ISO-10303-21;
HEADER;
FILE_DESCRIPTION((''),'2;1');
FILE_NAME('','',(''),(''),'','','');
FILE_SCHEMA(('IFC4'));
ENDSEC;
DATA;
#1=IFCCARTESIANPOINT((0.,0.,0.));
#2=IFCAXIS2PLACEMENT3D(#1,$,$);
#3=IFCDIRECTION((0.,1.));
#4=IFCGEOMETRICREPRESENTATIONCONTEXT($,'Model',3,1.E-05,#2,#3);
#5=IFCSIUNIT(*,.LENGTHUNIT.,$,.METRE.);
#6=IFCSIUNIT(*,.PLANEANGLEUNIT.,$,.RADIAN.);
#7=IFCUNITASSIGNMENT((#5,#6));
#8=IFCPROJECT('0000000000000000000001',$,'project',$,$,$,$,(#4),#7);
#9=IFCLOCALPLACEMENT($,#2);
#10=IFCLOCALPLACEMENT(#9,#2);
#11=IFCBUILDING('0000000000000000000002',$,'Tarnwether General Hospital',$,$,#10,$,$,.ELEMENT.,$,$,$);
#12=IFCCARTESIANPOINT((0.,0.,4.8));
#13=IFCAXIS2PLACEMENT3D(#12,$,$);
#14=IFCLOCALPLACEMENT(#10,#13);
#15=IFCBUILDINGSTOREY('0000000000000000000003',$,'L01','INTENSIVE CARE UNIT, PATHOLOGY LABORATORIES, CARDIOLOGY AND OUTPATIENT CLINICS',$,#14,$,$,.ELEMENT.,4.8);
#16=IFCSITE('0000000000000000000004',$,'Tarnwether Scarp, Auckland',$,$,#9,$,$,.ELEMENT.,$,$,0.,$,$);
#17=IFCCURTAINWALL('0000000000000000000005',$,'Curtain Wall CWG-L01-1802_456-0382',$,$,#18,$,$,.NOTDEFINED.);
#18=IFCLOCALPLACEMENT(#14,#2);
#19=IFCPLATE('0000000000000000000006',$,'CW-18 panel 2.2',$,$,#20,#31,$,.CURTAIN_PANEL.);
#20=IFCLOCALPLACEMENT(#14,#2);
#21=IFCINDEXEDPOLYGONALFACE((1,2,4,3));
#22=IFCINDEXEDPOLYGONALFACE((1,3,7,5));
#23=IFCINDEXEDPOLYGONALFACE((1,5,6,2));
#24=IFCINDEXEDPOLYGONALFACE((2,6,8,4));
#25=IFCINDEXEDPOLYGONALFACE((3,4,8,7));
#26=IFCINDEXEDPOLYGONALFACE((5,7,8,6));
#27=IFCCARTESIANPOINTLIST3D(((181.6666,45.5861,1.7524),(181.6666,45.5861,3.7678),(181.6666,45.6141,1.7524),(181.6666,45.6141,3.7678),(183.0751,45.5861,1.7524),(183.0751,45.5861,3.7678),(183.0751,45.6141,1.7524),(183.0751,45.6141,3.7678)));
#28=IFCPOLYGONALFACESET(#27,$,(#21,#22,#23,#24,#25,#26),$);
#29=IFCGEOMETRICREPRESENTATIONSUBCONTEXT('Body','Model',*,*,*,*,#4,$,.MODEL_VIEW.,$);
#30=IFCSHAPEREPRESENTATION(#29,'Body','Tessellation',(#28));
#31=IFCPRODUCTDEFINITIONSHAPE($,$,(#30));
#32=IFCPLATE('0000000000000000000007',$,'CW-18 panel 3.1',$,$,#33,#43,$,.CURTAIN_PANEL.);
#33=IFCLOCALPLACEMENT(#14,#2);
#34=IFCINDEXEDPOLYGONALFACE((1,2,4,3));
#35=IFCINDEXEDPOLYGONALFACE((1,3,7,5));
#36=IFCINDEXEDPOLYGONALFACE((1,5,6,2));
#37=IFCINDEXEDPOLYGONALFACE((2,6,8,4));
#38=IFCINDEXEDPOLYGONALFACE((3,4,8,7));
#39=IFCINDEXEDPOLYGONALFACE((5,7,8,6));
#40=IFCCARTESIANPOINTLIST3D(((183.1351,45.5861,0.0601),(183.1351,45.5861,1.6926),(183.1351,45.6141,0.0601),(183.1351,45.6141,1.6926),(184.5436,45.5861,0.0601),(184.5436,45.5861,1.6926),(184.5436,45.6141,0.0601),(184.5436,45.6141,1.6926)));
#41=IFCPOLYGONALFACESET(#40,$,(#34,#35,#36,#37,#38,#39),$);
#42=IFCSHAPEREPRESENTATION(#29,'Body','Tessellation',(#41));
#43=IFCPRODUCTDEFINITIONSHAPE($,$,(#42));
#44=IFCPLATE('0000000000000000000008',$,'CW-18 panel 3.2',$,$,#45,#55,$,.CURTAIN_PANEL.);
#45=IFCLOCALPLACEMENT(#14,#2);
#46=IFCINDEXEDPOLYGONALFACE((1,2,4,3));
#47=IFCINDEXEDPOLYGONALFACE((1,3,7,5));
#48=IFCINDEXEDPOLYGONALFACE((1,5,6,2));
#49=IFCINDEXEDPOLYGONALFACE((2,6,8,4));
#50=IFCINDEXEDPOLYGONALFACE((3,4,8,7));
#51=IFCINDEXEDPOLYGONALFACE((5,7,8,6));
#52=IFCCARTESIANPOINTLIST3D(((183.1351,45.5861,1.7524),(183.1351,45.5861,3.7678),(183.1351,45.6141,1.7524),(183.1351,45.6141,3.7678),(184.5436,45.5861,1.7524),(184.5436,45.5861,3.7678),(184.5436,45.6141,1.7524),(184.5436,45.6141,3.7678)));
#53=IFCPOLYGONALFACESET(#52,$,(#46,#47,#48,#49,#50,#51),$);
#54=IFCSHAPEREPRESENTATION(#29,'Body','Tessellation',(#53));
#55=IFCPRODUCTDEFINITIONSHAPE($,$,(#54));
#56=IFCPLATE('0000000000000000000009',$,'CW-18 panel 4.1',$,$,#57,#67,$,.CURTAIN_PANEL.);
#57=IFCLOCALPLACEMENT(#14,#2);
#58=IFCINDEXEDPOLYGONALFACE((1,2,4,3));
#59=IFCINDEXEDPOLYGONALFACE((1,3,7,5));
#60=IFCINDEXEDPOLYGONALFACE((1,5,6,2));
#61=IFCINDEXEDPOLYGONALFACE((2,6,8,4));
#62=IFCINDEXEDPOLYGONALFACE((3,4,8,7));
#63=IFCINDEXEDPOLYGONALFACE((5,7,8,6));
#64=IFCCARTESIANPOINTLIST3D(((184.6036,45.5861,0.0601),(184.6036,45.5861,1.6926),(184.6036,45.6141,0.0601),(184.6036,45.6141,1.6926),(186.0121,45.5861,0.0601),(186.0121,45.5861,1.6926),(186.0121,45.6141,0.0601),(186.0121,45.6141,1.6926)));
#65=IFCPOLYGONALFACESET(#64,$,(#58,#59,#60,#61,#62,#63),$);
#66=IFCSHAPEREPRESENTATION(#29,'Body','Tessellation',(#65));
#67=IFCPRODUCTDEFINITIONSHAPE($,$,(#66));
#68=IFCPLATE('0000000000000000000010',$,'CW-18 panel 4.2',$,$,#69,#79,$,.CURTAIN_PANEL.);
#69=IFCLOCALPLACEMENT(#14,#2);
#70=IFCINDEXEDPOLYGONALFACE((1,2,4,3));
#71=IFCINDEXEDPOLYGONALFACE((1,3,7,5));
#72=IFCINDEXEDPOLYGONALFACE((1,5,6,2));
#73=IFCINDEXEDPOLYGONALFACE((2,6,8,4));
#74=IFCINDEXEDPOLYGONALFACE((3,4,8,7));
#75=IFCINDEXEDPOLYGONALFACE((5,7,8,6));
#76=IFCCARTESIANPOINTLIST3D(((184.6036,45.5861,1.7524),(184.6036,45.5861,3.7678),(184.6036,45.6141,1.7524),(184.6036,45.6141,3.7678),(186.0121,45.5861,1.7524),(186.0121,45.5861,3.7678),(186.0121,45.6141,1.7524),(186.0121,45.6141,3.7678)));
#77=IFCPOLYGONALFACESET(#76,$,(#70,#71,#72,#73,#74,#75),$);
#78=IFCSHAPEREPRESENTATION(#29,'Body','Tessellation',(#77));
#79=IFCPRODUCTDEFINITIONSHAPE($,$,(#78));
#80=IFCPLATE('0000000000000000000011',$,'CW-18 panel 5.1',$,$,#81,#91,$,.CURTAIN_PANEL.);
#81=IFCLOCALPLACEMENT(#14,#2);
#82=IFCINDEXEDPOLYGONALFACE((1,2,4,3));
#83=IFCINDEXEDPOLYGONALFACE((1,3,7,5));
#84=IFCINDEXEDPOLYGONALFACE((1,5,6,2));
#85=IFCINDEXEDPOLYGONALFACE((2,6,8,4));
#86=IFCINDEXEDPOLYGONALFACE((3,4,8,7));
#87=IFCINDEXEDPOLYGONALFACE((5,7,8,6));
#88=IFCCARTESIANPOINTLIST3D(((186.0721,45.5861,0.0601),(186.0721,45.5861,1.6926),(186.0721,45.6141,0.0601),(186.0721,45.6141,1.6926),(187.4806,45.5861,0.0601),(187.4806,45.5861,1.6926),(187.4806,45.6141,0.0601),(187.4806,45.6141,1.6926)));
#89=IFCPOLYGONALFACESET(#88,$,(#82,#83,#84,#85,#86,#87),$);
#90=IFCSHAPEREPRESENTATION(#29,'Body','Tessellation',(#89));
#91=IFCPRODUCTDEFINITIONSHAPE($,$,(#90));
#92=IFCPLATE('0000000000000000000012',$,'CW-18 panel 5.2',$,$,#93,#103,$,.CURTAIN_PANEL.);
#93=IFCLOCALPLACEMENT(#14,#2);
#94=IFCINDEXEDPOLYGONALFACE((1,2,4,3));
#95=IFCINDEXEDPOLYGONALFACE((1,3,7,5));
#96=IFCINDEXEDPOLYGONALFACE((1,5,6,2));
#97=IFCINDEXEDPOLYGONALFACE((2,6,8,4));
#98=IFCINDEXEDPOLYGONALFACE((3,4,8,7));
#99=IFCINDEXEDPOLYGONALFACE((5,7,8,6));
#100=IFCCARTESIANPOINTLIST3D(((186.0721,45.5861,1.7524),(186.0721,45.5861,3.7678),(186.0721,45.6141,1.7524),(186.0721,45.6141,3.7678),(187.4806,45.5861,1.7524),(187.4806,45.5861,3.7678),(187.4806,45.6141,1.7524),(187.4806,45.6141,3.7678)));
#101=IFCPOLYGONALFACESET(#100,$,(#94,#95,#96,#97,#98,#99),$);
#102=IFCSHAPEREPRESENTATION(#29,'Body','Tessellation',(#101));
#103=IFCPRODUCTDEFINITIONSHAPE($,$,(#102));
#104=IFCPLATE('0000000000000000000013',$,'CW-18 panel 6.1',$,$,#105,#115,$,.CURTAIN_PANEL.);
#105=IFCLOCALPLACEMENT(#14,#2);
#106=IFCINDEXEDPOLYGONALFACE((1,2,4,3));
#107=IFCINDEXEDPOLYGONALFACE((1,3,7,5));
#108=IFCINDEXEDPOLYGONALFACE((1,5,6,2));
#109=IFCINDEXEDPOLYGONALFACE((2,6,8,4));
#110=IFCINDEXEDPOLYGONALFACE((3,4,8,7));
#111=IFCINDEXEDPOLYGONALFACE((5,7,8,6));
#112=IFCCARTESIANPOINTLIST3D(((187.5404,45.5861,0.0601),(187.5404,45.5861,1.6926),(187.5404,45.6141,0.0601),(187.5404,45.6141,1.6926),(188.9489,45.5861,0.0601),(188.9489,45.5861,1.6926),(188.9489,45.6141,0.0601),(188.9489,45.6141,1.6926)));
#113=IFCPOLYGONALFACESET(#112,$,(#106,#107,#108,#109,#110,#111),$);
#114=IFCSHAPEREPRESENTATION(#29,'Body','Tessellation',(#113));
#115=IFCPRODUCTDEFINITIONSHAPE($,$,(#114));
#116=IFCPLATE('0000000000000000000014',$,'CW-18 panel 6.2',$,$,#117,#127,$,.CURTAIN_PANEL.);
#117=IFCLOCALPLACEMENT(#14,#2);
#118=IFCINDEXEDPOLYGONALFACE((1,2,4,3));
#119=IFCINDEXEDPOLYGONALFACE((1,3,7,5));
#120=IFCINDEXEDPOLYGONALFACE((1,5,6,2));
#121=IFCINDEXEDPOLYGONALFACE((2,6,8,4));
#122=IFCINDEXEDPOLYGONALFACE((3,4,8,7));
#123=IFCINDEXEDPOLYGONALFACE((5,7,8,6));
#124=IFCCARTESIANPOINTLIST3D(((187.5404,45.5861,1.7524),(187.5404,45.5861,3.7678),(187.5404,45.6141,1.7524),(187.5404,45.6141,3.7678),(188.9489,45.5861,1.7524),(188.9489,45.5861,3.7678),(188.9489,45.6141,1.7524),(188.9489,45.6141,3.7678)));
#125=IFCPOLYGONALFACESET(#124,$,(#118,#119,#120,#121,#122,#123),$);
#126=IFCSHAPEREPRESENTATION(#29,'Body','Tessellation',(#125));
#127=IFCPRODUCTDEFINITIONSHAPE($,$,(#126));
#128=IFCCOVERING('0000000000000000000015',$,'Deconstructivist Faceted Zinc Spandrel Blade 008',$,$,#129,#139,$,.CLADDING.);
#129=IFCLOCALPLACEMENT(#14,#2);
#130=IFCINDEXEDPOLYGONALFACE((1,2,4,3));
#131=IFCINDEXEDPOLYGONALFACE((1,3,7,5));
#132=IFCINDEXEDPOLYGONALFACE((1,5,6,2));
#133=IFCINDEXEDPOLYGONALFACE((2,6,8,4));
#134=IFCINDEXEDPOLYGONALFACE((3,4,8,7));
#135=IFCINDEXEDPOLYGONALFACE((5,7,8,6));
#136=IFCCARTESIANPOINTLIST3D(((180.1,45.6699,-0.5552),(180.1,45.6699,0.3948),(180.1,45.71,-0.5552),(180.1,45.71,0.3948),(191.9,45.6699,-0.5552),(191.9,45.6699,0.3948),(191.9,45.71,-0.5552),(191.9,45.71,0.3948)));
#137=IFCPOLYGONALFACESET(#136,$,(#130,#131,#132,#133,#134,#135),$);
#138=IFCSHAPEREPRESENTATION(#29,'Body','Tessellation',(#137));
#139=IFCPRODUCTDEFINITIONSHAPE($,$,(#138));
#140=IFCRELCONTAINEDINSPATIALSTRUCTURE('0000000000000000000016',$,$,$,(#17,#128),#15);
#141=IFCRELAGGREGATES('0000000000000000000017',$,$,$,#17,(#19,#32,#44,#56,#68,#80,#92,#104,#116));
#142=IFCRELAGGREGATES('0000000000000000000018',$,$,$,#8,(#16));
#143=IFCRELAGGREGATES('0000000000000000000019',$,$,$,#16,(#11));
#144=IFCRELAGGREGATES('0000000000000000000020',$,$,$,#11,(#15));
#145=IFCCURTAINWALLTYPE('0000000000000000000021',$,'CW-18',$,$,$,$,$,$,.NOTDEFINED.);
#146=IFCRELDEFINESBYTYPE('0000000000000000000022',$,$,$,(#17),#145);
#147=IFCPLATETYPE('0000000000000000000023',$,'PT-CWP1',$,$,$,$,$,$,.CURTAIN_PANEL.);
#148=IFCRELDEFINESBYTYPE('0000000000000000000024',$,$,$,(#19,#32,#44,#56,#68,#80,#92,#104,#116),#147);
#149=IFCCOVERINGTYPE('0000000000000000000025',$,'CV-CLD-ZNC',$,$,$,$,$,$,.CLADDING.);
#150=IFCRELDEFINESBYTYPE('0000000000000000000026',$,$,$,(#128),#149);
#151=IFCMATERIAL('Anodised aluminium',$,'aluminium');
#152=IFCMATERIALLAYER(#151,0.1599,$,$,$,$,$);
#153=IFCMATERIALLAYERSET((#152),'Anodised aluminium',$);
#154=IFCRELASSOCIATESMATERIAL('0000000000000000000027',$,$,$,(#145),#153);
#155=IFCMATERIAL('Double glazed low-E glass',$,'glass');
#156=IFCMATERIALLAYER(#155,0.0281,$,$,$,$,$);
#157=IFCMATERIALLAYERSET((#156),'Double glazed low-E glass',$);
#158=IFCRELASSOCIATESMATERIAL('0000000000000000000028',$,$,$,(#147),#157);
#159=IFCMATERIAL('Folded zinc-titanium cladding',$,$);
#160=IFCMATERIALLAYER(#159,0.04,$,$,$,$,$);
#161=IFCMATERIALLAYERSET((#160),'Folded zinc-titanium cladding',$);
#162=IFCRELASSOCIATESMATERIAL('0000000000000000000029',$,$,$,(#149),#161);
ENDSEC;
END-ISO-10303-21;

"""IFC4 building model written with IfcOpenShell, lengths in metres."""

from ifc_helpers import new_model, si_unit, direction, frame, origin, origin_2d, place, context, subcontext, project, spatial, rectangle, extrude, material, layer, layer_set, type_object, element, aggregate, save


model = new_model("IFC4")

# Units and contexts
model_context = context("Model", 3, precision=1e-05, world=origin(), true_north=direction((0.0, 1.0)))
body_context = subcontext(model_context, "Body", "Model", "MODEL_VIEW")
ifc_project = project(units=[si_unit("LENGTHUNIT", "METRE"), si_unit("PLANEANGLEUNIT", "RADIAN")], contexts=[model_context])

# Site, building, storey
site_placement = place(None, origin())
site = spatial("IfcSite", under=ifc_project, at=site_placement, Name="Tarnwether Scarp, Auckland", CompositionType="ELEMENT", RefElevation=0.0)
building_placement = place(site_placement, origin())
building = spatial("IfcBuilding", under=site, at=building_placement, Name="Tarnwether General Hospital", CompositionType="ELEMENT")
storey_placement = place(building_placement, frame((0.0, 0.0, 4.8)))
storey = spatial("IfcBuildingStorey", under=building, at=storey_placement, Name="L01", Description="INTENSIVE CARE UNIT, PATHOLOGY LABORATORIES, CARDIOLOGY AND OUTPATIENT CLINICS", CompositionType="ELEMENT", Elevation=4.8)

# Curtain wall, plates
ifc_material_1 = material(Name="Anodised aluminium", Category="aluminium")
ifc_layer_1 = layer(ifc_material_1, 0.1599)
ifc_layer_set_1 = layer_set([ifc_layer_1], Name="Anodised aluminium")
curtain_wall_type = type_object("IfcCurtainWallType", Name="CW-18", PredefinedType="NOTDEFINED", material=ifc_layer_set_1)
curtain_wall_placement = place(storey_placement, origin())
curtain_wall = element("IfcCurtainWall", 1, at=curtain_wall_placement, inside=storey, type_object=curtain_wall_type, Name="Curtain Wall CWG-L01-1802_456-0382", PredefinedType="NOTDEFINED")
ifc_material_2 = material(Name="Double glazed low-E glass", Category="glass")
ifc_layer_2 = layer(ifc_material_2, 0.0281)
ifc_layer_set_2 = layer_set([ifc_layer_2], Name="Double glazed low-E glass")
plate_type = type_object("IfcPlateType", Name="PT-CWP1", PredefinedType="CURTAIN_PANEL", material=ifc_layer_set_2)
plate_1_placement = place(storey_placement, frame((182.3708, 45.6001, 1.7524), z_axis=(0.0, 0.0, 1.0), x_axis=(1.0, 0.0, 0.0)))
plate_1 = element("IfcPlate", 2, at=plate_1_placement, type_object=plate_type, Name="CW-18 panel 2.2", PredefinedType="CURTAIN_PANEL", context=body_context, shape_type="SweptSolid", body=[
    extrude(rectangle(XDim=1.4084, YDim=0.0281, at=origin_2d()), origin(), (0.0, 0.0, 1.0), 2.0154),
])
plate_2_placement = place(storey_placement, frame((183.8394, 45.6001, 0.0601), z_axis=(0.0, 0.0, 1.0), x_axis=(1.0, 0.0, 0.0)))
plate_2 = element("IfcPlate", 3, at=plate_2_placement, type_object=plate_type, Name="CW-18 panel 3.1", PredefinedType="CURTAIN_PANEL", context=body_context, shape_type="SweptSolid", body=[
    extrude(rectangle(XDim=1.4084, YDim=0.0281, at=origin_2d()), origin(), (0.0, 0.0, 1.0), 1.6326),
])
plate_3_placement = place(storey_placement, frame((183.8394, 45.6001, 1.7524), z_axis=(0.0, 0.0, 1.0), x_axis=(1.0, 0.0, 0.0)))
plate_3 = element("IfcPlate", 4, at=plate_3_placement, type_object=plate_type, Name="CW-18 panel 3.2", PredefinedType="CURTAIN_PANEL", context=body_context, shape_type="SweptSolid", body=[
    extrude(rectangle(XDim=1.4084, YDim=0.0281, at=origin_2d()), origin(), (0.0, 0.0, 1.0), 2.0154),
])
plate_4_placement = place(storey_placement, frame((185.3079, 45.6001, 0.0601), z_axis=(0.0, 0.0, 1.0), x_axis=(1.0, 0.0, 0.0)))
plate_4 = element("IfcPlate", 5, at=plate_4_placement, type_object=plate_type, Name="CW-18 panel 4.1", PredefinedType="CURTAIN_PANEL", context=body_context, shape_type="SweptSolid", body=[
    extrude(rectangle(XDim=1.4084, YDim=0.0281, at=origin_2d()), origin(), (0.0, 0.0, 1.0), 1.6326),
])
plate_5_placement = place(storey_placement, frame((185.3079, 45.6001, 1.7524), z_axis=(0.0, 0.0, 1.0), x_axis=(1.0, 0.0, 0.0)))
plate_5 = element("IfcPlate", 6, at=plate_5_placement, type_object=plate_type, Name="CW-18 panel 4.2", PredefinedType="CURTAIN_PANEL", context=body_context, shape_type="SweptSolid", body=[
    extrude(rectangle(XDim=1.4084, YDim=0.0281, at=origin_2d()), origin(), (0.0, 0.0, 1.0), 2.0154),
])
plate_6_placement = place(storey_placement, frame((186.7764, 45.6001, 0.0601), z_axis=(0.0, 0.0, 1.0), x_axis=(1.0, 0.0, 0.0)))
plate_6 = element("IfcPlate", 7, at=plate_6_placement, type_object=plate_type, Name="CW-18 panel 5.1", PredefinedType="CURTAIN_PANEL", context=body_context, shape_type="SweptSolid", body=[
    extrude(rectangle(XDim=1.4084, YDim=0.0281, at=origin_2d()), origin(), (0.0, 0.0, 1.0), 1.6326),
])
plate_7_placement = place(storey_placement, frame((186.7764, 45.6001, 1.7524), z_axis=(0.0, 0.0, 1.0), x_axis=(1.0, 0.0, 0.0)))
plate_7 = element("IfcPlate", 8, at=plate_7_placement, type_object=plate_type, Name="CW-18 panel 5.2", PredefinedType="CURTAIN_PANEL", context=body_context, shape_type="SweptSolid", body=[
    extrude(rectangle(XDim=1.4084, YDim=0.0281, at=origin_2d()), origin(), (0.0, 0.0, 1.0), 2.0154),
])
plate_8_placement = place(storey_placement, frame((188.2446, 45.6001, 0.0601), z_axis=(0.0, 0.0, 1.0), x_axis=(1.0, 0.0, 0.0)))
plate_8 = element("IfcPlate", 9, at=plate_8_placement, type_object=plate_type, Name="CW-18 panel 6.1", PredefinedType="CURTAIN_PANEL", context=body_context, shape_type="SweptSolid", body=[
    extrude(rectangle(XDim=1.4084, YDim=0.0281, at=origin_2d()), origin(), (0.0, 0.0, 1.0), 1.6326),
])
plate_9_placement = place(storey_placement, frame((188.2446, 45.6001, 1.7524), z_axis=(0.0, 0.0, 1.0), x_axis=(1.0, 0.0, 0.0)))
plate_9 = element("IfcPlate", 10, at=plate_9_placement, type_object=plate_type, Name="CW-18 panel 6.2", PredefinedType="CURTAIN_PANEL", context=body_context, shape_type="SweptSolid", body=[
    extrude(rectangle(XDim=1.4084, YDim=0.0281, at=origin_2d()), origin(), (0.0, 0.0, 1.0), 2.0154),
])
aggregate(curtain_wall, [plate_1, plate_2, plate_3, plate_4, plate_5, plate_6, plate_7, plate_8, plate_9])

# Covering
ifc_material_3 = material(Name="Folded zinc-titanium cladding")
ifc_layer_3 = layer(ifc_material_3, 0.04)
ifc_layer_set_3 = layer_set([ifc_layer_3], Name="Folded zinc-titanium cladding")
covering_type = type_object("IfcCoveringType", Name="CV-CLD-ZNC", PredefinedType="CLADDING", material=ifc_layer_set_3)
covering_placement = place(storey_placement, frame((186.0, 45.6899, -0.5552), z_axis=(0.0, 0.0, 1.0), x_axis=(1.0, 0.0, 0.0)))
element("IfcCovering", 11, at=covering_placement, inside=storey, type_object=covering_type, Name="Deconstructivist Faceted Zinc Spandrel Blade 008", PredefinedType="CLADDING", context=body_context, shape_type="SweptSolid", body=[
    extrude(rectangle(XDim=11.8, YDim=0.04, at=origin_2d()), origin(), (0.0, 0.0, 1.0), 0.95),
])

save(model, "model.ifc")
